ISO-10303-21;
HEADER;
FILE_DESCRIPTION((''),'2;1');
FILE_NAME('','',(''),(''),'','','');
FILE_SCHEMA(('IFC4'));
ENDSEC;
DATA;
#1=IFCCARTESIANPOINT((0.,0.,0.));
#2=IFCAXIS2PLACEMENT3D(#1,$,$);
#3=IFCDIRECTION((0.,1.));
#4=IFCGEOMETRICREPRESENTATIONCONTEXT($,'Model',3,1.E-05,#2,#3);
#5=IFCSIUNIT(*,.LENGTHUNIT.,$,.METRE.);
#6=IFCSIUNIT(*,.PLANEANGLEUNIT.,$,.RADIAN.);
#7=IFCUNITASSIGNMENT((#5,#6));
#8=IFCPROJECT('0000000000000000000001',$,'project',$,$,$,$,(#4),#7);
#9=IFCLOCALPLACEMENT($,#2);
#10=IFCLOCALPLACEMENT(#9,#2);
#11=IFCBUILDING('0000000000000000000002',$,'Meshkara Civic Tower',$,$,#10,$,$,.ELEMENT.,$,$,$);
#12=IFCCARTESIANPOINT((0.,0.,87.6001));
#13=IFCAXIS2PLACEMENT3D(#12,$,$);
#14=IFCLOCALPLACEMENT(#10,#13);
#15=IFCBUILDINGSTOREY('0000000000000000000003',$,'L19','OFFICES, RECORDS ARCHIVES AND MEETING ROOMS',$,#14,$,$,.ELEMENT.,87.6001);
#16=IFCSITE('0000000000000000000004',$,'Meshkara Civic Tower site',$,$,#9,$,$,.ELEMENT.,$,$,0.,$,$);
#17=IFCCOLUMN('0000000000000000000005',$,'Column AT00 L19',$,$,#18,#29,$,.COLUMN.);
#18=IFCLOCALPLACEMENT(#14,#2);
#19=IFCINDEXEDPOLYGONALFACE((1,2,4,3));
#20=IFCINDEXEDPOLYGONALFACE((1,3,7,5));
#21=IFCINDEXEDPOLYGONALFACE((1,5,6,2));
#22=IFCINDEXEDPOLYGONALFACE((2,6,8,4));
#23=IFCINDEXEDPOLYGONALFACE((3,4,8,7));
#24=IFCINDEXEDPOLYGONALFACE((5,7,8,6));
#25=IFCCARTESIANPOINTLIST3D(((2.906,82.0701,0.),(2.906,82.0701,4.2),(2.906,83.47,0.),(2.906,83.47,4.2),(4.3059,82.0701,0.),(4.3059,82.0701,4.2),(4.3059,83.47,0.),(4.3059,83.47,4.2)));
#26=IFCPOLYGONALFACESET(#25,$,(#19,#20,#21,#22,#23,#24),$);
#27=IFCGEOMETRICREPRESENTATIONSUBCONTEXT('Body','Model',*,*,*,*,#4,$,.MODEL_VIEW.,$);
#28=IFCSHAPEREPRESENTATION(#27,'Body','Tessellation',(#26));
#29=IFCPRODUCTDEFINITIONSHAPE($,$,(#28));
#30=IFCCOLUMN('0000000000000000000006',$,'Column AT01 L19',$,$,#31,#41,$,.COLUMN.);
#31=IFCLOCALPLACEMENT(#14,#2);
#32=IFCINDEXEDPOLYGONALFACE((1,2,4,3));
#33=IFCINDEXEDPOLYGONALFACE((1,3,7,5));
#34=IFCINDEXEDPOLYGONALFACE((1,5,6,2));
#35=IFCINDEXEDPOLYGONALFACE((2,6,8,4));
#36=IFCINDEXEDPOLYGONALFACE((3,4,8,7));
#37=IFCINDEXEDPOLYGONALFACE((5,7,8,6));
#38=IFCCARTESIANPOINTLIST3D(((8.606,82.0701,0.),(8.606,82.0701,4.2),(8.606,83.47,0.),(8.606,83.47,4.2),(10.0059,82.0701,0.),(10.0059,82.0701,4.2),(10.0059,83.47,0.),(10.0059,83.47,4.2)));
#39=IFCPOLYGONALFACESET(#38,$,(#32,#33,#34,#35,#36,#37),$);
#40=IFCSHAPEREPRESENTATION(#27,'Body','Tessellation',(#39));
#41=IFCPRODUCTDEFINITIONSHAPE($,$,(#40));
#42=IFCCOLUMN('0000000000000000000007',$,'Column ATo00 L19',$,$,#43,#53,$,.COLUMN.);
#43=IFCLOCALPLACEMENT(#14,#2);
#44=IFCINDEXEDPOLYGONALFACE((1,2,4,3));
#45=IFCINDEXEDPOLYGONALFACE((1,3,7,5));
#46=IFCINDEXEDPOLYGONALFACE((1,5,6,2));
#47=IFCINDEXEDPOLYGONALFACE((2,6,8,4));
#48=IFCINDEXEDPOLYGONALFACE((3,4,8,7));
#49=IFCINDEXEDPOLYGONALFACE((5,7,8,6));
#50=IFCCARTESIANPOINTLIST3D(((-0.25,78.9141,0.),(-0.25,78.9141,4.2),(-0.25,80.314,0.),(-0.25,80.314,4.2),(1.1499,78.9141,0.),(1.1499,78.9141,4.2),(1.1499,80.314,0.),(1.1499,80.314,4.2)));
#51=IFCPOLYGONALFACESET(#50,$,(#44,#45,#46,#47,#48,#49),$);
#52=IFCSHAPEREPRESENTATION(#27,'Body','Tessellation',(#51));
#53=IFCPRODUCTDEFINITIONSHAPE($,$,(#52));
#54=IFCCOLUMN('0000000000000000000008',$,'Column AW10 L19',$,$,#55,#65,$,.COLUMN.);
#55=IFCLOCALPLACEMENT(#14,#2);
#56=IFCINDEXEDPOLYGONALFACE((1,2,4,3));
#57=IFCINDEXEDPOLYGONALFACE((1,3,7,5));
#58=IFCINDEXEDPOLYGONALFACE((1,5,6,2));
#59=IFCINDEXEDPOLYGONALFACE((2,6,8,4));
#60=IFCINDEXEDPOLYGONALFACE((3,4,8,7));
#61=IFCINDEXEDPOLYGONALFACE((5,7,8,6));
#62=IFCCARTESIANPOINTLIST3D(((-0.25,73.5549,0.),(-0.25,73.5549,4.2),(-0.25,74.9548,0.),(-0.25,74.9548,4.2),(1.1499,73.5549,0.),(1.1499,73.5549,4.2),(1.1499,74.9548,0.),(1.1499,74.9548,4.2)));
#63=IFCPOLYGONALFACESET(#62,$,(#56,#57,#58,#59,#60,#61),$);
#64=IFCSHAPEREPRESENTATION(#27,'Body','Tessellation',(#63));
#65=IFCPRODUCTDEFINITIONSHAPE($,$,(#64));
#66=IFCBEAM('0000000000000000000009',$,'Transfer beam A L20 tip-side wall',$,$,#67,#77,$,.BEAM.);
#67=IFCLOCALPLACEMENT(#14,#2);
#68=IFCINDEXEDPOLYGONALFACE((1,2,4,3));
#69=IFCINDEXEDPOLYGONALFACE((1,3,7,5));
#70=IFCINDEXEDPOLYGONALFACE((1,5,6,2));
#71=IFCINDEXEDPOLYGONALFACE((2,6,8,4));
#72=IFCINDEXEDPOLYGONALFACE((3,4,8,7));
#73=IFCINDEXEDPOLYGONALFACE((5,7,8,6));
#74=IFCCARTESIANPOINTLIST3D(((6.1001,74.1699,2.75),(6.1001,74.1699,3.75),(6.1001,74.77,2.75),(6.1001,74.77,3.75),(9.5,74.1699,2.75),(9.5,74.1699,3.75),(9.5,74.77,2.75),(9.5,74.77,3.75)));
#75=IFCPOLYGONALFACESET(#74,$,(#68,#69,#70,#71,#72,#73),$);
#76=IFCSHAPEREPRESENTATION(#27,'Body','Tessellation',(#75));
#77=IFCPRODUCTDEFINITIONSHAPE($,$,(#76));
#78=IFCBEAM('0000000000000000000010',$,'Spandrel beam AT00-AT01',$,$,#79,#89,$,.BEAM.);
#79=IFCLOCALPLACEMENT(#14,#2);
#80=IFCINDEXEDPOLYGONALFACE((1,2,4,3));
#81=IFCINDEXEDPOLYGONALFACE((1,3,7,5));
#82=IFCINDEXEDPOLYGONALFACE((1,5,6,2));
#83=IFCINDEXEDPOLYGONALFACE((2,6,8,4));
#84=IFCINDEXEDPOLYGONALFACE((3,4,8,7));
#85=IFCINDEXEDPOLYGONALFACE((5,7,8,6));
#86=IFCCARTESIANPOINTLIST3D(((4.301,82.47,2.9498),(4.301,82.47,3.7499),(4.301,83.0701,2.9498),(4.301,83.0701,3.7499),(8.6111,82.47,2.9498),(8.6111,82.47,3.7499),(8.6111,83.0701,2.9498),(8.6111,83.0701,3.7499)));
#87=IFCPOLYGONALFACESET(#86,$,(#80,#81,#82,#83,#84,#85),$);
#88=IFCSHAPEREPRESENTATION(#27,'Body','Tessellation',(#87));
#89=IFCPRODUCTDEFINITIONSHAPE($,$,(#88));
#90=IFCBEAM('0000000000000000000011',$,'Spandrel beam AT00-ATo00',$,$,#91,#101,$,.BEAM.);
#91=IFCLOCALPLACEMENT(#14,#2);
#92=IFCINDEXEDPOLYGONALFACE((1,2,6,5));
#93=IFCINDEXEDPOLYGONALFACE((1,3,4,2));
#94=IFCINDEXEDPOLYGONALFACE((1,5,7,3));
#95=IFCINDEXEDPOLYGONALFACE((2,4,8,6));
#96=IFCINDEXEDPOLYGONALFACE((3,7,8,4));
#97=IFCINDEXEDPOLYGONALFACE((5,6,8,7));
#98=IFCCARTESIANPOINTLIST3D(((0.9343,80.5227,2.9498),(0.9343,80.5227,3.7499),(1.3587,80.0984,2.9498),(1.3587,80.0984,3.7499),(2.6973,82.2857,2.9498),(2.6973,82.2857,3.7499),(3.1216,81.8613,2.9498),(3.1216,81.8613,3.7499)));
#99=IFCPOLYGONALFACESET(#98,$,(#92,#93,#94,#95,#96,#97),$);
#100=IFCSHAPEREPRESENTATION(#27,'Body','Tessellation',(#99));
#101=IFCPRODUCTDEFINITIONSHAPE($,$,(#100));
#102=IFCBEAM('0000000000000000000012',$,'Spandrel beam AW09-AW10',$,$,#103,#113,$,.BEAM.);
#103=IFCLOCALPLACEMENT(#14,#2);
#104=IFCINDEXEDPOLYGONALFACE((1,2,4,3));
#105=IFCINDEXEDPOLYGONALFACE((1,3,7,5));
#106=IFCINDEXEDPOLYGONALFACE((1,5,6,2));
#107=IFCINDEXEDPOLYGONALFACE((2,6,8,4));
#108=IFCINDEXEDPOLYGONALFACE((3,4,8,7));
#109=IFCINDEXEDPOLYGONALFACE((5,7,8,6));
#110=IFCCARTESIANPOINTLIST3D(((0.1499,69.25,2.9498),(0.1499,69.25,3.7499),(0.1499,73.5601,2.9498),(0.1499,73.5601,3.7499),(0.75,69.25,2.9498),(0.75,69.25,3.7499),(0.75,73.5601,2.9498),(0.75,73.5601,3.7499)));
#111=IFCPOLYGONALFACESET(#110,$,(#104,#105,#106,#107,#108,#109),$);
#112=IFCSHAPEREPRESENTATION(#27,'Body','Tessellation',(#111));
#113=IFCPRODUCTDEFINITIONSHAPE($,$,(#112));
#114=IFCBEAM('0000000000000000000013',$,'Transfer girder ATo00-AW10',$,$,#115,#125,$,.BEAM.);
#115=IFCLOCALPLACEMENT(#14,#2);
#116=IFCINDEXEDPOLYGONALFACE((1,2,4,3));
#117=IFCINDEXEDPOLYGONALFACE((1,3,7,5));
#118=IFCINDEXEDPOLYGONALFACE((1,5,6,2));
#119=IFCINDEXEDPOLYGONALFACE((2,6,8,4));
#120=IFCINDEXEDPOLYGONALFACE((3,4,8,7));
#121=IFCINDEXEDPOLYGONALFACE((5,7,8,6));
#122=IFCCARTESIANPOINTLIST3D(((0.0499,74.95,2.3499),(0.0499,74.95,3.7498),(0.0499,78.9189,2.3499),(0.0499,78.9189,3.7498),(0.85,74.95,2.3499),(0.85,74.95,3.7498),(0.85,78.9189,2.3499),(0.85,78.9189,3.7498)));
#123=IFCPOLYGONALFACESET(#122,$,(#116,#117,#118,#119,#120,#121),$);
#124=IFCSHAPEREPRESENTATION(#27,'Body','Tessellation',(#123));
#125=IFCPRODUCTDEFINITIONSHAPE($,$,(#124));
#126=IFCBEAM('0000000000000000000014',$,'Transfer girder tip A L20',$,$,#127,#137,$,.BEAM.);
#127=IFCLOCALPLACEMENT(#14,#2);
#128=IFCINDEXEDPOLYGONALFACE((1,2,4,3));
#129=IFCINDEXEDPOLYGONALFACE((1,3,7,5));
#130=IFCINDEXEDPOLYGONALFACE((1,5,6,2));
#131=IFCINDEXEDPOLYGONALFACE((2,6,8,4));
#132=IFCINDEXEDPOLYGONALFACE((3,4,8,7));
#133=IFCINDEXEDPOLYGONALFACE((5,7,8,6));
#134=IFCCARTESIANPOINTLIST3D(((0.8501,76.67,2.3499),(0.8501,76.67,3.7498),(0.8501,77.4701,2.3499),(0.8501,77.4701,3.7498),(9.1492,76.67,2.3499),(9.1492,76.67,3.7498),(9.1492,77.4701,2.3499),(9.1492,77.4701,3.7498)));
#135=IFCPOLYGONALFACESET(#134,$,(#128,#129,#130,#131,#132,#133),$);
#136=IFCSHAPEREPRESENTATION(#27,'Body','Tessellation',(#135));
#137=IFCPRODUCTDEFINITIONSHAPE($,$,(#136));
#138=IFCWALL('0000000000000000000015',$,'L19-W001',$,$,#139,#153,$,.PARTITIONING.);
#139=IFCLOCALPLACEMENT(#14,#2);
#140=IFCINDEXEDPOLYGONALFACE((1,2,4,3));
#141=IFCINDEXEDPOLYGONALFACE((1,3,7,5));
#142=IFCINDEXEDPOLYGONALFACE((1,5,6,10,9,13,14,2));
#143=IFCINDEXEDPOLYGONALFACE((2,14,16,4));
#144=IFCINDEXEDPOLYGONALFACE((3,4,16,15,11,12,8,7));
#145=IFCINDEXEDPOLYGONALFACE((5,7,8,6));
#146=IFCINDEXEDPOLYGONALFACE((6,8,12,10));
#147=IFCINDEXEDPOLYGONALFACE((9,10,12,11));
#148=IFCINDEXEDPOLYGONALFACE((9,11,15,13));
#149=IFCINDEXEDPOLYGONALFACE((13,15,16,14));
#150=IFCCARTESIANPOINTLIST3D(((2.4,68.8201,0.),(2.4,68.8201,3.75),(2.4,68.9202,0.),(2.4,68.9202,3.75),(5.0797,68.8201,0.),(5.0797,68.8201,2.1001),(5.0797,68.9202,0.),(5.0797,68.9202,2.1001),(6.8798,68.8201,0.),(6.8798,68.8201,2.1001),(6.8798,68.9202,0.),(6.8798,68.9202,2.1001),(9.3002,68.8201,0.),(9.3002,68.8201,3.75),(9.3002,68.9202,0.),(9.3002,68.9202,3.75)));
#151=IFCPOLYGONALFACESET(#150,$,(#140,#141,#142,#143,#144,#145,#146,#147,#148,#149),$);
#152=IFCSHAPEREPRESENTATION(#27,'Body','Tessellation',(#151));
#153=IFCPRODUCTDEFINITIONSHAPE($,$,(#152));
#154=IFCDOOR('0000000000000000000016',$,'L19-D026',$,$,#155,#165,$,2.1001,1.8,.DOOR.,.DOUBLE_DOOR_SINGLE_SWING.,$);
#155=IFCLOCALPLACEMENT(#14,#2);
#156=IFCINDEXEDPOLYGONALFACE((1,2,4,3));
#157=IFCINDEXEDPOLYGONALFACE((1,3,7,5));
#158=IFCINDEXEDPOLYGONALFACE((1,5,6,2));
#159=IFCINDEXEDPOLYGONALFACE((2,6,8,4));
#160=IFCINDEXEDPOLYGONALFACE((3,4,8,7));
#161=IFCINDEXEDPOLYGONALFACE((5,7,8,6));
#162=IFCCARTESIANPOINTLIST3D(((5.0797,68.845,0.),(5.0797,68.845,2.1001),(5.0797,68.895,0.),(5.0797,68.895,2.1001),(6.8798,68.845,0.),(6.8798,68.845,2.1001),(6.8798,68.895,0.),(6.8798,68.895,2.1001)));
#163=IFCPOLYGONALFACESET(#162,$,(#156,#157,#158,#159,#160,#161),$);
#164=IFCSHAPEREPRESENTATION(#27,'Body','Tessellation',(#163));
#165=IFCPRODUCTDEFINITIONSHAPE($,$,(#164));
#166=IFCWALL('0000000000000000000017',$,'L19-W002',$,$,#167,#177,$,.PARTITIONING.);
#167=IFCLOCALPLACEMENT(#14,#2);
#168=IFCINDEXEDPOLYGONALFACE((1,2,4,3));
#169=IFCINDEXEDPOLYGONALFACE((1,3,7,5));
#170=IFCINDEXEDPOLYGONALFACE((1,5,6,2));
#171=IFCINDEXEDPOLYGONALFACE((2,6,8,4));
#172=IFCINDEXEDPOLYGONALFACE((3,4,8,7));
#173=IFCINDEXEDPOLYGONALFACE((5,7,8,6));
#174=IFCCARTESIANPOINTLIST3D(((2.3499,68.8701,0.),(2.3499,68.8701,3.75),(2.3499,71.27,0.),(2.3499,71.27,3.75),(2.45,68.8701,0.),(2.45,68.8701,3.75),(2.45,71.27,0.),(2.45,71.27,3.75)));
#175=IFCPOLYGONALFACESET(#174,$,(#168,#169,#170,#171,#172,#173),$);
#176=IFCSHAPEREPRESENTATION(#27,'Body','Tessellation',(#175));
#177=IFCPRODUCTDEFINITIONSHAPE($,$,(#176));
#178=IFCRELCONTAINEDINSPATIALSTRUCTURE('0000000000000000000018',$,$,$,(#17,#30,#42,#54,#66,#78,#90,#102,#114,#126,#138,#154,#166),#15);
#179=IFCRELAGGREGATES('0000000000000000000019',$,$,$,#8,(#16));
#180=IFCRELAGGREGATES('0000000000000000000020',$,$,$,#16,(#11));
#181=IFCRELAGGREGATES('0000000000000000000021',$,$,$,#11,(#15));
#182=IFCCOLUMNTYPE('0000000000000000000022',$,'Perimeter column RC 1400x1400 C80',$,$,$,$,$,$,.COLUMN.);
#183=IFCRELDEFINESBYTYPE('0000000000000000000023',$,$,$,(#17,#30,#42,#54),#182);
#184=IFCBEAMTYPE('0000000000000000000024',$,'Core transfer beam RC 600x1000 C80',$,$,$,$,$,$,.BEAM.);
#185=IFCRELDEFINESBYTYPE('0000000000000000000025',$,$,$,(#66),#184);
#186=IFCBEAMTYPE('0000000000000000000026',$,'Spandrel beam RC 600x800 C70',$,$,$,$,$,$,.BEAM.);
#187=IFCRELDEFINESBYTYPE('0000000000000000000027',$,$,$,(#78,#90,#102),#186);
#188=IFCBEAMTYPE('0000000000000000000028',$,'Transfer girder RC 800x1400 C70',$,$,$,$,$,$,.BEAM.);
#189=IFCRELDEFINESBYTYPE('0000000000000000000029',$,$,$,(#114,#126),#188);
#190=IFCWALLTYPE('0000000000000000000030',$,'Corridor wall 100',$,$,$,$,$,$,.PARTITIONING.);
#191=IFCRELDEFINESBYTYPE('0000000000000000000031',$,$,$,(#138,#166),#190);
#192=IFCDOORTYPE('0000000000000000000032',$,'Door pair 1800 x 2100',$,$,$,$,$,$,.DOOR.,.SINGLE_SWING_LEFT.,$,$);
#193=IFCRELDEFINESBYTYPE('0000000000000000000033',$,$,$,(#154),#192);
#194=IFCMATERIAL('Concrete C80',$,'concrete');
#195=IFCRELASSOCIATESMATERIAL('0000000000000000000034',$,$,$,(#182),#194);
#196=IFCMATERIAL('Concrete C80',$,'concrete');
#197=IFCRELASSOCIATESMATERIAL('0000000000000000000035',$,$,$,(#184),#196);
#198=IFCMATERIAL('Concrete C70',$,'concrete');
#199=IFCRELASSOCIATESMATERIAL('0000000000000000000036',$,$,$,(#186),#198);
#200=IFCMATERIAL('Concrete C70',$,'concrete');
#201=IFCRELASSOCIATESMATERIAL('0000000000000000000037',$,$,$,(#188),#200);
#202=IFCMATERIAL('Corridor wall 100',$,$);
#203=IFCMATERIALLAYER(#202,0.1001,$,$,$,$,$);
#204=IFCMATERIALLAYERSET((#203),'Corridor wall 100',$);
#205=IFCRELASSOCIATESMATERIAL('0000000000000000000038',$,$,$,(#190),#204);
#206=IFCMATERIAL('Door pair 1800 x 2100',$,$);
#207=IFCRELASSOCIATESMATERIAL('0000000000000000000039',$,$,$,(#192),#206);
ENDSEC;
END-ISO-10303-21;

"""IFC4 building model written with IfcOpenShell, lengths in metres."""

from ifc_helpers import new_model, si_unit, direction, frame, frame_2d, origin, origin_2d, place, context, subcontext, project, spatial, rectangle, extrude, material, layer, layer_set, material_profile, profile_set, type_object, element, fill, save


model = new_model("IFC4")

# Units and contexts
model_context = context("Model", 3, precision=1e-05, world=origin(), true_north=direction((0.0, 1.0)))
body_context = subcontext(model_context, "Body", "Model", "MODEL_VIEW")
ifc_project = project(units=[si_unit("LENGTHUNIT", "METRE"), si_unit("PLANEANGLEUNIT", "RADIAN")], contexts=[model_context])

# Site, building, storey
site_placement = place(None, origin())
site = spatial("IfcSite", under=ifc_project, at=site_placement, Name="Meshkara Civic Tower site", CompositionType="ELEMENT", RefElevation=0.0)
building_placement = place(site_placement, origin())
building = spatial("IfcBuilding", under=site, at=building_placement, Name="Meshkara Civic Tower", CompositionType="ELEMENT")
storey_placement = place(building_placement, frame((0.0, 0.0, 87.6001)))
storey = spatial("IfcBuildingStorey", under=building, at=storey_placement, Name="L19", Description="OFFICES, RECORDS ARCHIVES AND MEETING ROOMS", CompositionType="ELEMENT", Elevation=87.6001)

# Columns
ifc_material_1 = material(Name="Concrete C80", Category="concrete")
ifc_material_profile_1 = material_profile(ifc_material_1, rectangle(XDim=1.3999, YDim=1.3999, at=origin_2d()))
ifc_profile_set_1 = profile_set([ifc_material_profile_1], Name="Concrete C80")
column_type = type_object("IfcColumnType", Name="Perimeter column RC 1400x1400 C80", PredefinedType="COLUMN", material=ifc_profile_set_1)
for number, where, z_axis, x_axis, name in (
    (1, (3.606, 82.77, 0.0), (0.0, 0.0, 1.0), (1.0, 0.0, 0.0), "Column AT00 L19"),
    (2, (9.3059, 82.77, 0.0), (0.0, 0.0, 1.0), (1.0, 0.0, 0.0), "Column AT01 L19"),
    (3, (0.45, 79.614, 0.0), (0.0, 0.0, 1.0), (1.0, 0.0, 0.0), "Column ATo00 L19"),
    (4, (0.45, 74.2549, 0.0), (0.0, 0.0, 1.0), (1.0, 0.0, 0.0), "Column AW10 L19"),
):
    element("IfcColumn", number, at=place(storey_placement, frame(where, z_axis=z_axis, x_axis=x_axis)), inside=storey, type_object=column_type, Name=name, PredefinedType="COLUMN", context=body_context, shape_type="SweptSolid", body=[
        extrude(rectangle(XDim=1.3999, YDim=1.3999, at=origin_2d()), origin(), (0.0, 0.0, 1.0), 4.2),
    ])

# Beams
ifc_material_2 = material(Name="Concrete C80", Category="concrete")
ifc_material_profile_2 = material_profile(ifc_material_2, rectangle(XDim=0.6001, YDim=1.0, at=origin_2d()))
ifc_profile_set_2 = profile_set([ifc_material_profile_2], Name="Concrete C80")
beam_type_1 = type_object("IfcBeamType", Name="Core transfer beam RC 600x1000 C80", PredefinedType="BEAM", material=ifc_profile_set_2)
beam_1_placement = place(storey_placement, frame((6.1001, 74.47, 3.25), z_axis=(1.0, 0.0, 0.0), x_axis=(0.0, 1.0, 0.0)))
element("IfcBeam", 5, at=beam_1_placement, inside=storey, type_object=beam_type_1, Name="Transfer beam A L20 tip-side wall", PredefinedType="BEAM", context=body_context, shape_type="SweptSolid", body=[
    extrude(rectangle(XDim=0.6001, YDim=1.0, at=origin_2d()), origin(), (0.0, 0.0, 1.0), 3.3999),
])
ifc_material_3 = material(Name="Concrete C70", Category="concrete")
ifc_material_profile_3 = material_profile(ifc_material_3, rectangle(XDim=0.6001, YDim=0.8, at=origin_2d()))
ifc_profile_set_3 = profile_set([ifc_material_profile_3], Name="Concrete C70")
beam_type_2 = type_object("IfcBeamType", Name="Spandrel beam RC 600x800 C70", PredefinedType="BEAM", material=ifc_profile_set_3)
beam_2_placement = place(storey_placement, frame((8.6111, 82.77, 3.3499), z_axis=(-1.0, 0.0, 0.0), x_axis=(0.0, -1.0, 0.0)))
element("IfcBeam", 6, at=beam_2_placement, inside=storey, type_object=beam_type_2, Name="Spandrel beam AT00-AT01", PredefinedType="BEAM", context=body_context, shape_type="SweptSolid", body=[
    extrude(rectangle(XDim=0.6001, YDim=0.8, at=origin_2d()), origin(), (0.0, 0.0, 1.0), 4.3101),
])
beam_3_placement = place(storey_placement, frame((2.9094, 82.0735, 3.3499), z_axis=(-0.707107, -0.707107, 0.0), x_axis=(0.707107, -0.707107, 0.0)))
element("IfcBeam", 7, at=beam_3_placement, inside=storey, type_object=beam_type_2, Name="Spandrel beam AT00-ATo00", PredefinedType="BEAM", context=body_context, shape_type="SweptSolid", body=[
    extrude(rectangle(XDim=0.6001, YDim=0.8, at=origin_2d()), origin(), (0.0, 0.0, 1.0), 2.4932),
])
beam_4_placement = place(storey_placement, frame((0.45, 73.5601, 3.3499), z_axis=(0.0, -1.0, 0.0), x_axis=(1.0, 0.0, 0.0)))
element("IfcBeam", 8, at=beam_4_placement, inside=storey, type_object=beam_type_2, Name="Spandrel beam AW09-AW10", PredefinedType="BEAM", context=body_context, shape_type="SweptSolid", body=[
    extrude(rectangle(XDim=0.6001, YDim=0.8, at=origin_2d()), origin(), (0.0, 0.0, 1.0), 4.3101),
])
ifc_material_4 = material(Name="Concrete C70", Category="concrete")
ifc_material_profile_4 = material_profile(ifc_material_4, rectangle(XDim=0.8, YDim=1.3999, at=origin_2d()))
ifc_profile_set_4 = profile_set([ifc_material_profile_4], Name="Concrete C70")
beam_type_3 = type_object("IfcBeamType", Name="Transfer girder RC 800x1400 C70", PredefinedType="BEAM", material=ifc_profile_set_4)
beam_5_placement = place(storey_placement, frame((0.45, 74.95, 3.0498), z_axis=(0.0, 1.0, 0.0), x_axis=(-1.0, 0.0, 0.0)))
element("IfcBeam", 9, at=beam_5_placement, inside=storey, type_object=beam_type_3, Name="Transfer girder ATo00-AW10", PredefinedType="BEAM", context=body_context, shape_type="SweptSolid", body=[
    extrude(rectangle(XDim=0.8, YDim=1.3999, at=origin_2d()), origin(), (0.0, 0.0, 1.0), 3.969),
])
beam_6_placement = place(storey_placement, frame((0.8501, 77.0701, 3.0498), z_axis=(1.0, 0.0, 0.0), x_axis=(0.0, 1.0, 0.0)))
element("IfcBeam", 10, at=beam_6_placement, inside=storey, type_object=beam_type_3, Name="Transfer girder tip A L20", PredefinedType="BEAM", context=body_context, shape_type="SweptSolid", body=[
    extrude(rectangle(XDim=0.8, YDim=1.3999, at=origin_2d()), origin(), (0.0, 0.0, 1.0), 8.2991),
])

# Wall, opening, door
ifc_material_5 = material(Name="Corridor wall 100")
ifc_layer_1 = layer(ifc_material_5, 0.1001)
ifc_layer_set_1 = layer_set([ifc_layer_1], Name="Corridor wall 100")
wall_type_1 = type_object("IfcWallType", Name="Corridor wall 100", PredefinedType="PARTITIONING", material=ifc_layer_set_1)
wall_1_placement = place(storey_placement, frame((2.3999, 68.8701, 0.0), z_axis=(0.0, 0.0, 1.0), x_axis=(1.0, 0.0, 0.0)))
wall_1 = element("IfcWall", 11, at=wall_1_placement, inside=storey, type_object=wall_type_1, Name="L19-W001", PredefinedType="PARTITIONING", context=body_context, shape_type="SweptSolid", body=[
    extrude(rectangle(XDim=6.9001, YDim=0.1001, at=frame_2d((3.4502, 0.0))), origin(), (0.0, 0.0, 1.0), 3.75),
])
opening_1_placement = place(wall_1_placement, frame((2.6799, 0.0, 0.0)))
opening_1 = element("IfcOpeningElement", 12, at=opening_1_placement, cuts=wall_1, PredefinedType="OPENING", context=body_context, shape_type="SweptSolid", body=[
    extrude(rectangle(XDim=1.8, YDim=2.1001, at=frame_2d((0.8999, 1.05))), frame((0.0, 0.0601, 0.0), z_axis=(0.0, -1.0, 0.0), x_axis=(1.0, 0.0, 0.0)), (0.0, 0.0, 1.0), 0.1201),
])
ifc_material_6 = material(Name="Door pair 1800 x 2100")
door_type_1 = type_object("IfcDoorType", Name="Door pair 1800 x 2100", OperationType="SINGLE_SWING_LEFT", PredefinedType="DOOR", material=ifc_material_6)
door_1_placement = place(opening_1_placement, origin())
door_1 = element("IfcDoor", 13, at=door_1_placement, inside=storey, type_object=door_type_1, Name="L19-D026", OperationType="DOUBLE_DOOR_SINGLE_SWING", OverallHeight=2.1001, OverallWidth=1.8, PredefinedType="DOOR", context=body_context, shape_type="SweptSolid", body=[
    extrude(rectangle(XDim=1.8, YDim=2.1001, at=frame_2d((0.8999, 1.05))), frame((0.0, 0.0249, 0.0), z_axis=(0.0, -1.0, 0.0), x_axis=(1.0, 0.0, 0.0)), (0.0, 0.0, 1.0), 0.05),
])
fill(opening_1, door_1)

# Wall
wall_2_placement = place(storey_placement, frame((2.3999, 71.27, 0.0), z_axis=(0.0, 0.0, 1.0), x_axis=(0.0, -1.0, 0.0)))
element("IfcWall", 14, at=wall_2_placement, inside=storey, type_object=wall_type_1, Name="L19-W002", PredefinedType="PARTITIONING", context=body_context, shape_type="SweptSolid", body=[
    extrude(rectangle(XDim=2.3999, YDim=0.1001, at=frame_2d((1.2, 0.0))), origin(), (0.0, 0.0, 1.0), 3.75),
])

save(model, "model.ifc")
